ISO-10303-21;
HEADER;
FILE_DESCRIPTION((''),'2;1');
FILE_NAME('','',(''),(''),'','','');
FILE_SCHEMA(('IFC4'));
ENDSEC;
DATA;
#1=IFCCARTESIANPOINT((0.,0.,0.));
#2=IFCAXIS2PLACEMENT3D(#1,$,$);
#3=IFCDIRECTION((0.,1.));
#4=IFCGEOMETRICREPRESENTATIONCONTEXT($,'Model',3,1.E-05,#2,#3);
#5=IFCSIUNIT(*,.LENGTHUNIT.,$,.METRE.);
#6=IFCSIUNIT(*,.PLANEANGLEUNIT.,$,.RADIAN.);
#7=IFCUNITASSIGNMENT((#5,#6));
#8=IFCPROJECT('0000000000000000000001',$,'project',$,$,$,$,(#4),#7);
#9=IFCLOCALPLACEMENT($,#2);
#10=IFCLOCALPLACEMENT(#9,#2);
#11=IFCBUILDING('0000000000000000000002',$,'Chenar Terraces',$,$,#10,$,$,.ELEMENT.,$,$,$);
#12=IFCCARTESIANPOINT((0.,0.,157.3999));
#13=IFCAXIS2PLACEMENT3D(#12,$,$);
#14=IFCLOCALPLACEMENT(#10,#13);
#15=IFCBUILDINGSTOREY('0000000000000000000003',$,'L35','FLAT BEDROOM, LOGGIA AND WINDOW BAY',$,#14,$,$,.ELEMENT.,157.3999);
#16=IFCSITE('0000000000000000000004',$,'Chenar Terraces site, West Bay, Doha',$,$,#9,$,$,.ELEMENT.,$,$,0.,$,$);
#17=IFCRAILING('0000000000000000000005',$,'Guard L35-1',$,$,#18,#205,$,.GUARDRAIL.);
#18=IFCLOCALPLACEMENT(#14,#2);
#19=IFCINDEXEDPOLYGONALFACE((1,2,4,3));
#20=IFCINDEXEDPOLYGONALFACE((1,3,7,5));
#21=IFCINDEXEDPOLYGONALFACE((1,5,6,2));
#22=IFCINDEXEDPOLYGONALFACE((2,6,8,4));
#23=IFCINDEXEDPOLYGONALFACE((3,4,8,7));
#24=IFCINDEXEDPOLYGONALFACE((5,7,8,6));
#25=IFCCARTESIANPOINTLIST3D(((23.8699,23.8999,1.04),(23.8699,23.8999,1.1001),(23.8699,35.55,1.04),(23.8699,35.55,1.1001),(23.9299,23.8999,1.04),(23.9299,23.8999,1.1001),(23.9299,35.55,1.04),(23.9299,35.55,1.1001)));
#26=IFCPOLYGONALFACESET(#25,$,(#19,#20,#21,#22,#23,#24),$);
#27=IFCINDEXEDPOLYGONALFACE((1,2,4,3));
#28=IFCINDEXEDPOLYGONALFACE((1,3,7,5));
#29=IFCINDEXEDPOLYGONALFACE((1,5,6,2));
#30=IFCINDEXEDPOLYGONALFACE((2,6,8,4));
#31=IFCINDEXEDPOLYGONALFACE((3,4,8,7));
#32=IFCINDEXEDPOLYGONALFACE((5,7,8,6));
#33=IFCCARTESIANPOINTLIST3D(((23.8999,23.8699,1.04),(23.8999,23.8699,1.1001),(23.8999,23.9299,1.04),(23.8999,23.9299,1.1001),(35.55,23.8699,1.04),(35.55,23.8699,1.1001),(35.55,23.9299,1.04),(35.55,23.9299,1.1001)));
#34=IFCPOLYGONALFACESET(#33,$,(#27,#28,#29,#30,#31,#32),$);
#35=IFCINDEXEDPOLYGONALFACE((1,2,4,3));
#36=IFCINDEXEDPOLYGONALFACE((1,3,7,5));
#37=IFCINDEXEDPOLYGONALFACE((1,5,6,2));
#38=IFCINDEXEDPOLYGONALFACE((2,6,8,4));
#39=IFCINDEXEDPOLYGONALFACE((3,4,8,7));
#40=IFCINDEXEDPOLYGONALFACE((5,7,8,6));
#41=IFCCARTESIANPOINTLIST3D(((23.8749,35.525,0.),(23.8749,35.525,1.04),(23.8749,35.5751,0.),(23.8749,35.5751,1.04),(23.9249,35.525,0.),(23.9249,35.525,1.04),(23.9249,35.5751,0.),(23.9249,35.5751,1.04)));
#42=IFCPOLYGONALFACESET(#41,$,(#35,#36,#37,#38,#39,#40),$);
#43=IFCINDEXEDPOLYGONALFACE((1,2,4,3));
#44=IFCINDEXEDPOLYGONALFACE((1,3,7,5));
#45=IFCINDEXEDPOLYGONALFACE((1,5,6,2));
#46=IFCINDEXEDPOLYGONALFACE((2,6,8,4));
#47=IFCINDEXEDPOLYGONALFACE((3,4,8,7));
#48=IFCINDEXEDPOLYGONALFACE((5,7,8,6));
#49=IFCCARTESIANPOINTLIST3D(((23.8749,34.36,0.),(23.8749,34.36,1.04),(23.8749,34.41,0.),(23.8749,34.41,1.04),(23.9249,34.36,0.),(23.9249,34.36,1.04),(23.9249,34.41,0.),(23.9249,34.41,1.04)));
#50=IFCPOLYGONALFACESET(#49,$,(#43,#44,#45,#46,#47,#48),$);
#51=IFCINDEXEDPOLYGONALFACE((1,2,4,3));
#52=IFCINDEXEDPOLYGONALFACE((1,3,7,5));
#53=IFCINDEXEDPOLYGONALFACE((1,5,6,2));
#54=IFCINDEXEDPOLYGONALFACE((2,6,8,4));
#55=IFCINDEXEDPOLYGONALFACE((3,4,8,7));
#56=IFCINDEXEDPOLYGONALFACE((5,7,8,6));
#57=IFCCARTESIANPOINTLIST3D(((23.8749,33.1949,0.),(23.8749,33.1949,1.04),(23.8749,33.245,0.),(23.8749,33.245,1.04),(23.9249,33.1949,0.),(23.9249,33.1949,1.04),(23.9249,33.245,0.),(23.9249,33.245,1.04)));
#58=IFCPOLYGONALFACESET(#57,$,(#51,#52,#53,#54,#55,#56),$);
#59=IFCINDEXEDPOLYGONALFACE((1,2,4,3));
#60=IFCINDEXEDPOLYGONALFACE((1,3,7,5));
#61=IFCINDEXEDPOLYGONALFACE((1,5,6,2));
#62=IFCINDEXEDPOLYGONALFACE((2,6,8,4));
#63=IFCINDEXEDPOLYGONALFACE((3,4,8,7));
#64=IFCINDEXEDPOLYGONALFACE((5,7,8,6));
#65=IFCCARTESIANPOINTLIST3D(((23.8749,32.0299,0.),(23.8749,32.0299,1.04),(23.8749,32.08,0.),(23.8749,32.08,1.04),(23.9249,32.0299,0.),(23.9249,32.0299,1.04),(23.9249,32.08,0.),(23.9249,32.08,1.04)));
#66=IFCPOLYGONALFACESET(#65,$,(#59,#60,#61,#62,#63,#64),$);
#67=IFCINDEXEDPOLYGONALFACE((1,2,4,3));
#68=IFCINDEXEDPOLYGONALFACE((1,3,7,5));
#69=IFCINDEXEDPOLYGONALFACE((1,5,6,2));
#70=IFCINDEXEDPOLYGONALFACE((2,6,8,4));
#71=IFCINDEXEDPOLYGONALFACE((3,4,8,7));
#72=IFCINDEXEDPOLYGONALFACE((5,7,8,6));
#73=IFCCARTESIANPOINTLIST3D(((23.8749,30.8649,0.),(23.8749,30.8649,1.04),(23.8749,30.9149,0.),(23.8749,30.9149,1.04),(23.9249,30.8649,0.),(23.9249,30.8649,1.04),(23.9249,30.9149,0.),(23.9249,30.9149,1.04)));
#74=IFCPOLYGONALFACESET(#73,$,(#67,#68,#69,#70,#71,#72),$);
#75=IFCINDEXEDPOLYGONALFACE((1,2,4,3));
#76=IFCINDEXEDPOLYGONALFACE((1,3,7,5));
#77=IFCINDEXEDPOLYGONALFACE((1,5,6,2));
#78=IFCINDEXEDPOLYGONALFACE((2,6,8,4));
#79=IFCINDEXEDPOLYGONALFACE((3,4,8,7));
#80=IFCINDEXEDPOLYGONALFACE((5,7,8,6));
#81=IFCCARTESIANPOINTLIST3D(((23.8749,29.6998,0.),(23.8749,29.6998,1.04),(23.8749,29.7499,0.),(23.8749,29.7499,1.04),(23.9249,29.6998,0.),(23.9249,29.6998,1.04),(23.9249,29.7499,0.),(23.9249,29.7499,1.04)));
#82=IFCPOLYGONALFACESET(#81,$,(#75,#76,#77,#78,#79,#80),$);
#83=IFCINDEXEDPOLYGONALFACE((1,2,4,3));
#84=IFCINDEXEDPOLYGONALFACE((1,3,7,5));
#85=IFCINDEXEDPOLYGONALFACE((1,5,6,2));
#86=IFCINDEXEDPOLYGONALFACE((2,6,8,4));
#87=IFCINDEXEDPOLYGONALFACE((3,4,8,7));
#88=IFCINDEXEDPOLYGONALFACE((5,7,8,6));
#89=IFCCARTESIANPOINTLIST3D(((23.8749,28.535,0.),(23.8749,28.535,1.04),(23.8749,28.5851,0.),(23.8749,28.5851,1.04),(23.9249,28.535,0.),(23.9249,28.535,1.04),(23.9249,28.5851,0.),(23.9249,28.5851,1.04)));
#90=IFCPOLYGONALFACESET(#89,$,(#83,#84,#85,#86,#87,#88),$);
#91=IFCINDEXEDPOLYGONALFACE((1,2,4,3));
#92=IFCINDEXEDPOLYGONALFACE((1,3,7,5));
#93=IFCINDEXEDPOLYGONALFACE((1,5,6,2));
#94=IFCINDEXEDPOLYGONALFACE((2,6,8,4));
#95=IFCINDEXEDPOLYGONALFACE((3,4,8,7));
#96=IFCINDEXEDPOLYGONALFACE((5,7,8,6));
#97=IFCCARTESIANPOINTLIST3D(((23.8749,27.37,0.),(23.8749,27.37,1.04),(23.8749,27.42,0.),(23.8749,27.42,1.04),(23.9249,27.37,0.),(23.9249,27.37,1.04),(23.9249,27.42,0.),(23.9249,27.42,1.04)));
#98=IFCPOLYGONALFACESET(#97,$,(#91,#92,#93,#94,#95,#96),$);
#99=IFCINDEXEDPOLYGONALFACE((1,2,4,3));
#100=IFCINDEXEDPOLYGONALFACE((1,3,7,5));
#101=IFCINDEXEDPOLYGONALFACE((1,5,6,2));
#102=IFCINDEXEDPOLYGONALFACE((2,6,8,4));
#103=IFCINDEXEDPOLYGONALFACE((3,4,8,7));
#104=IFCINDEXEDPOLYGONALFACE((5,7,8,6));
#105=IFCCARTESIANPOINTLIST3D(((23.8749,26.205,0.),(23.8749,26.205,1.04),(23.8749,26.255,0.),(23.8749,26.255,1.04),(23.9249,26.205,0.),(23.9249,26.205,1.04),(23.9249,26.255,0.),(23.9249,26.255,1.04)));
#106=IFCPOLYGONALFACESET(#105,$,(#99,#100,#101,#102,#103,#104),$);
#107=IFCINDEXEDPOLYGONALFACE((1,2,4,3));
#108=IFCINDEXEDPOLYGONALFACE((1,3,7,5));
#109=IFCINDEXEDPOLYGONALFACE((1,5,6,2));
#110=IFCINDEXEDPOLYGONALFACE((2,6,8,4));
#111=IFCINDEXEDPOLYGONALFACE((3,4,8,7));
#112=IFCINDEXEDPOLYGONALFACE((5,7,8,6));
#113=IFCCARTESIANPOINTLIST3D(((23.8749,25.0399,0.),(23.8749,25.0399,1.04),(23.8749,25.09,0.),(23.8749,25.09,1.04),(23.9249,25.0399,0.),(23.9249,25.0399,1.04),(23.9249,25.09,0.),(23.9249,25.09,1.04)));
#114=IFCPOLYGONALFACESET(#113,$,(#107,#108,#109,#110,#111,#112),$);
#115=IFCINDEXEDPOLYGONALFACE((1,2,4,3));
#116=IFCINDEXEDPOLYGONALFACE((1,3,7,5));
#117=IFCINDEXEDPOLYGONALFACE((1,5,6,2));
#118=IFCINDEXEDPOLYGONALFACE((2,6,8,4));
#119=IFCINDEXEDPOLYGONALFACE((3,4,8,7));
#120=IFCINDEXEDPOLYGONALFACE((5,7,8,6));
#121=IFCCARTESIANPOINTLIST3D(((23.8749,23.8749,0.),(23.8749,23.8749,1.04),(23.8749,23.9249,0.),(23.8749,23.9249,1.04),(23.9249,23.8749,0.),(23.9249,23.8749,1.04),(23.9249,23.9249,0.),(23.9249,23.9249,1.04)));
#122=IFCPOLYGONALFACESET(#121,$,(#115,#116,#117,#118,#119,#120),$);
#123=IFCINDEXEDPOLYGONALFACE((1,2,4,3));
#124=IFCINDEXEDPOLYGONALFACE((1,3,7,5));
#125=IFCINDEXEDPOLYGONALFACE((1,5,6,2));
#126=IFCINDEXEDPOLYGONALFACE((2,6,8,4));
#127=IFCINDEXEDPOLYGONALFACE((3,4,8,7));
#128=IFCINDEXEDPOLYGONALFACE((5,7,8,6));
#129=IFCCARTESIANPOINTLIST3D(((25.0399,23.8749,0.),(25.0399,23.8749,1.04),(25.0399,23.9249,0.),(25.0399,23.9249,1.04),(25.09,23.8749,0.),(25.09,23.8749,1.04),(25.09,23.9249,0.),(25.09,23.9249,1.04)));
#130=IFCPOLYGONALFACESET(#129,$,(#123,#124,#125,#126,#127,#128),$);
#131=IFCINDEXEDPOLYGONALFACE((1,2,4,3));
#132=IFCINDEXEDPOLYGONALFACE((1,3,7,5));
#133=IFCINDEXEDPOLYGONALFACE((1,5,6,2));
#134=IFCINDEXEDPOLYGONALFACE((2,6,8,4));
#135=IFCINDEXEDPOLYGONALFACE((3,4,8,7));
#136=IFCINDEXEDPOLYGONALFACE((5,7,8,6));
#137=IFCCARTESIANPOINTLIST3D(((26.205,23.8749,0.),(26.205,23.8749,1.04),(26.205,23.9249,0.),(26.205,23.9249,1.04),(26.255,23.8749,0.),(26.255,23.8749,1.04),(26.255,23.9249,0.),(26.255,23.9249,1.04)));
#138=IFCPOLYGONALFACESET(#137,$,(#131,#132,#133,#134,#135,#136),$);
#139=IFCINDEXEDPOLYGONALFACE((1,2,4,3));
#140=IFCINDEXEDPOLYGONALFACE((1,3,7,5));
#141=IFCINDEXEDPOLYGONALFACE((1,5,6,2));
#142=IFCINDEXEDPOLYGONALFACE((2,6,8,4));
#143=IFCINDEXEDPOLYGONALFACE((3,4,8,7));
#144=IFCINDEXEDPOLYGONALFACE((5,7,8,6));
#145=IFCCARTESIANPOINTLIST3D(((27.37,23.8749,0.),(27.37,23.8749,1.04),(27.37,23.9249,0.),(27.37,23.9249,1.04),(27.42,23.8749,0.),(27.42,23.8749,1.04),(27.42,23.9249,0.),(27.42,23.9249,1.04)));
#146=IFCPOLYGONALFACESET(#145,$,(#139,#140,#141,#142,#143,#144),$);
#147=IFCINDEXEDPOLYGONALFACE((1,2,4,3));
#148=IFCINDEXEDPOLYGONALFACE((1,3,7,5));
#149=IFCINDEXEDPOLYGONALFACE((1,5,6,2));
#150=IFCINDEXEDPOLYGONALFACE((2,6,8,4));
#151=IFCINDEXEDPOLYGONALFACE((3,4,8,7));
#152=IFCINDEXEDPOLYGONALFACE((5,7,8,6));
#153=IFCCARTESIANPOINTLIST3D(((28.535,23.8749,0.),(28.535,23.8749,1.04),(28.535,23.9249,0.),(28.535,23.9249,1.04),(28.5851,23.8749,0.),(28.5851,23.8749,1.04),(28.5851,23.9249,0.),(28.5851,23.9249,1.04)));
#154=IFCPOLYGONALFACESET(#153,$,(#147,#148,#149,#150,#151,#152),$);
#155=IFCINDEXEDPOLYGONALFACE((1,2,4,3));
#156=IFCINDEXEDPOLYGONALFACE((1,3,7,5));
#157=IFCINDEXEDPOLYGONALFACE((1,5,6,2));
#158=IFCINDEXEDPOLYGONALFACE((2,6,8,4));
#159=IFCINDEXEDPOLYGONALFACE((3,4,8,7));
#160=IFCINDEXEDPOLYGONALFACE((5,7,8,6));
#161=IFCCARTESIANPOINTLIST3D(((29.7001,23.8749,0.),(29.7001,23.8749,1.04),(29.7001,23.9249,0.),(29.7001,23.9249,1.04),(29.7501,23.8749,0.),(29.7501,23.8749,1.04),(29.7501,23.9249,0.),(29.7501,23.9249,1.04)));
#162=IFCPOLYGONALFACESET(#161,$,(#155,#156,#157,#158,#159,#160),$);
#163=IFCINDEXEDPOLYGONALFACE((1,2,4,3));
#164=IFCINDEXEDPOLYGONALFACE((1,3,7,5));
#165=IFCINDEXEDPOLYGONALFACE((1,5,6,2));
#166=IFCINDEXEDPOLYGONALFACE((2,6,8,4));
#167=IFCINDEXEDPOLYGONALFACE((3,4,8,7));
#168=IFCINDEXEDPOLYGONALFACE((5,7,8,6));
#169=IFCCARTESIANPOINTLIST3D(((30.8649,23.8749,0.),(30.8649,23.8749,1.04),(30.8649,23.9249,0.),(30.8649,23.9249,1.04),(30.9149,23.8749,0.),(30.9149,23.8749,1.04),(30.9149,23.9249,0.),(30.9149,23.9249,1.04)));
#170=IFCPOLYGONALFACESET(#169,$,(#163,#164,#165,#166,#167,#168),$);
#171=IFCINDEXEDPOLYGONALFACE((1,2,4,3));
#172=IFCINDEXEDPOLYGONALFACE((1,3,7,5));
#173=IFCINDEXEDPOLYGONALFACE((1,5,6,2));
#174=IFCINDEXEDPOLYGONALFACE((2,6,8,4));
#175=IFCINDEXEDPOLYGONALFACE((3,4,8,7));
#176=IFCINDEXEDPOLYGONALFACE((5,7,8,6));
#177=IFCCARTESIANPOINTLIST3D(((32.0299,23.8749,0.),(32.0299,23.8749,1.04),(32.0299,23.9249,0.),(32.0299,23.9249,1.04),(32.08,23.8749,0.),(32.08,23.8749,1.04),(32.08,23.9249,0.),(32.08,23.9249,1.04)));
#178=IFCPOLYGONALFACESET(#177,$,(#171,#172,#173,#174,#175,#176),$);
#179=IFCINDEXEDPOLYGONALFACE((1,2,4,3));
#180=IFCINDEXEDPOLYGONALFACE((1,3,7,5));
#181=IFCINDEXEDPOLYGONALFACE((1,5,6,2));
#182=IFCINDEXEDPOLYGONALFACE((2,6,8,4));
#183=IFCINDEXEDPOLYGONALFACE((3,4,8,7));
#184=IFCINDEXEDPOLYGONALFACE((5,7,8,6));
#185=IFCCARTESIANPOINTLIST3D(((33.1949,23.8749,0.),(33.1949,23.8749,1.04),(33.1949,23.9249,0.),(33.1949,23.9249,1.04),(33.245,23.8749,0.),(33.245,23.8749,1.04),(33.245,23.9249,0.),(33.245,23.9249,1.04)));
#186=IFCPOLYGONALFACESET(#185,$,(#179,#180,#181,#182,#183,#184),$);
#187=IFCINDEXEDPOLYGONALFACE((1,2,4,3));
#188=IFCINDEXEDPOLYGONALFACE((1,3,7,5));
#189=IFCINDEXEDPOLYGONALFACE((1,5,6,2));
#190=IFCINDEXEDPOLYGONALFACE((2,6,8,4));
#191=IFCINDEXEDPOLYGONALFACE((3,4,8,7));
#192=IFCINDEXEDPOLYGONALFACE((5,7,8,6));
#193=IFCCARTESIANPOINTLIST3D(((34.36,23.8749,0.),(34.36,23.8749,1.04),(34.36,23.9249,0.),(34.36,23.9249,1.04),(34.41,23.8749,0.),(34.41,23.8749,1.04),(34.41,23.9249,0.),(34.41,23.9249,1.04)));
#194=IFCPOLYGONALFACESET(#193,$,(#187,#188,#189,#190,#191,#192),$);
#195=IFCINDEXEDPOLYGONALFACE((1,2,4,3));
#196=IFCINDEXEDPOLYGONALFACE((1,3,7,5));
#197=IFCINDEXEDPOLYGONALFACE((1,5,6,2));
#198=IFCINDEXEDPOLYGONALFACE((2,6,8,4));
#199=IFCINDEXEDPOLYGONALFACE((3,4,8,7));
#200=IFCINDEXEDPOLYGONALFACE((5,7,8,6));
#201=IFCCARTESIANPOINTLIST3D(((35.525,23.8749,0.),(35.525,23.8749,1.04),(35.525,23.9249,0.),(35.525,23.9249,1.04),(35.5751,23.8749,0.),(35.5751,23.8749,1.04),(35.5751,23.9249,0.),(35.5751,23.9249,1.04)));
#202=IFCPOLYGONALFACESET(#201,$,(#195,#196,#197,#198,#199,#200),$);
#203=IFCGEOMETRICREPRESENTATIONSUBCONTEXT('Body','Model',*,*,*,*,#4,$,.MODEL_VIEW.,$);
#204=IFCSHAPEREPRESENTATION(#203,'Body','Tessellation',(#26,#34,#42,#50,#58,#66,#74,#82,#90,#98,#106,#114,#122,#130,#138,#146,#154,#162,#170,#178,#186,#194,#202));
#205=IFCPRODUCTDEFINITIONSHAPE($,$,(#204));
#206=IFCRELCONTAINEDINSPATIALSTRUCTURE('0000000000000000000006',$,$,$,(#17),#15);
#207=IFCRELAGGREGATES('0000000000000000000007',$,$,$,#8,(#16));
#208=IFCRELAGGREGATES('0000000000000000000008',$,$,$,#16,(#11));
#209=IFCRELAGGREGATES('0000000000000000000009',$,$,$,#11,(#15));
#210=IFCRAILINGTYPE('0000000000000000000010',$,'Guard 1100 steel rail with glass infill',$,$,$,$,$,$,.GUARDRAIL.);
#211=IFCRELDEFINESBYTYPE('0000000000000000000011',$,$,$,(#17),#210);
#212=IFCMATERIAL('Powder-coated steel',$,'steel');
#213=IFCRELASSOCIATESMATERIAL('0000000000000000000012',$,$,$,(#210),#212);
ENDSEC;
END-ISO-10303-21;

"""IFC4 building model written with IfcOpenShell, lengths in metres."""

from ifc_helpers import new_model, si_unit, direction, frame, origin, origin_2d, place, context, subcontext, project, spatial, rectangle, extrude, material, type_object, element, save


model = new_model("IFC4")

# Units and contexts
model_context = context("Model", 3, precision=1e-05, world=origin(), true_north=direction((0.0, 1.0)))
body_context = subcontext(model_context, "Body", "Model", "MODEL_VIEW")
ifc_project = project(units=[si_unit("LENGTHUNIT", "METRE"), si_unit("PLANEANGLEUNIT", "RADIAN")], contexts=[model_context])

# Site, building, storey
site_placement = place(None, origin())
site = spatial("IfcSite", under=ifc_project, at=site_placement, Name="Chenar Terraces site, West Bay, Doha", CompositionType="ELEMENT", RefElevation=0.0)
building_placement = place(site_placement, origin())
building = spatial("IfcBuilding", under=site, at=building_placement, Name="Chenar Terraces", CompositionType="ELEMENT")
storey_placement = place(building_placement, frame((0.0, 0.0, 157.3999)))
storey = spatial("IfcBuildingStorey", under=building, at=storey_placement, Name="L35", Description="FLAT BEDROOM, LOGGIA AND WINDOW BAY", CompositionType="ELEMENT", Elevation=157.3999)

# Railing
ifc_material_1 = material(Name="Powder-coated steel", Category="steel")
railing_type = type_object("IfcRailingType", Name="Guard 1100 steel rail with glass infill", PredefinedType="GUARDRAIL", material=ifc_material_1)
railing_placement = place(storey_placement, frame((23.8999, 35.55, 0.0)))
element("IfcRailing", 1, at=railing_placement, inside=storey, type_object=railing_type, Name="Guard L35-1", PredefinedType="GUARDRAIL", context=body_context, shape_type="SweptSolid", body=[
    extrude(rectangle(XDim=0.0601, YDim=0.0601, at=origin_2d()), frame((0.0, 0.0, 1.0701), z_axis=(0.0, -1.0, 0.0), x_axis=(1.0, 0.0, 0.0)), (0.0, 0.0, 1.0), 11.6501),
    extrude(rectangle(XDim=0.0601, YDim=0.0601, at=origin_2d()), frame((0.0, -11.6501, 1.0701), z_axis=(1.0, 0.0, 0.0), x_axis=(0.0, 1.0, 0.0)), (0.0, 0.0, 1.0), 11.6501),
    extrude(rectangle(XDim=0.05, YDim=0.05, at=origin_2d()), origin(), (0.0, 0.0, 1.0), 1.04),
    extrude(rectangle(XDim=0.05, YDim=0.05, at=origin_2d()), frame((0.0, -1.165, 0.0)), (0.0, 0.0, 1.0), 1.04),
    extrude(rectangle(XDim=0.05, YDim=0.05, at=origin_2d()), frame((0.0, -2.3301, 0.0)), (0.0, 0.0, 1.0), 1.04),
    extrude(rectangle(XDim=0.05, YDim=0.05, at=origin_2d()), frame((0.0, -3.4951, 0.0)), (0.0, 0.0, 1.0), 1.04),
    extrude(rectangle(XDim=0.05, YDim=0.05, at=origin_2d()), frame((0.0, -4.6602, 0.0)), (0.0, 0.0, 1.0), 1.04),
    extrude(rectangle(XDim=0.05, YDim=0.05, at=origin_2d()), frame((0.0, -5.8252, 0.0)), (0.0, 0.0, 1.0), 1.04),
    extrude(rectangle(XDim=0.05, YDim=0.05, at=origin_2d()), frame((0.0, -6.99, 0.0)), (0.0, 0.0, 1.0), 1.04),
    extrude(rectangle(XDim=0.05, YDim=0.05, at=origin_2d()), frame((0.0, -8.155, 0.0)), (0.0, 0.0, 1.0), 1.04),
    extrude(rectangle(XDim=0.05, YDim=0.05, at=origin_2d()), frame((0.0, -9.3201, 0.0)), (0.0, 0.0, 1.0), 1.04),
    extrude(rectangle(XDim=0.05, YDim=0.05, at=origin_2d()), frame((0.0, -10.4851, 0.0)), (0.0, 0.0, 1.0), 1.04),
    extrude(rectangle(XDim=0.05, YDim=0.05, at=origin_2d()), frame((0.0, -11.6501, 0.0)), (0.0, 0.0, 1.0), 1.04),
    extrude(rectangle(XDim=0.05, YDim=0.05, at=origin_2d()), frame((1.165, -11.6501, 0.0)), (0.0, 0.0, 1.0), 1.04),
    extrude(rectangle(XDim=0.05, YDim=0.05, at=origin_2d()), frame((2.3301, -11.6501, 0.0)), (0.0, 0.0, 1.0), 1.04),
    extrude(rectangle(XDim=0.05, YDim=0.05, at=origin_2d()), frame((3.4951, -11.6501, 0.0)), (0.0, 0.0, 1.0), 1.04),
    extrude(rectangle(XDim=0.05, YDim=0.05, at=origin_2d()), frame((4.6602, -11.6501, 0.0)), (0.0, 0.0, 1.0), 1.04),
    extrude(rectangle(XDim=0.05, YDim=0.05, at=origin_2d()), frame((5.8252, -11.6501, 0.0)), (0.0, 0.0, 1.0), 1.04),
    extrude(rectangle(XDim=0.05, YDim=0.05, at=origin_2d()), frame((6.99, -11.6501, 0.0)), (0.0, 0.0, 1.0), 1.04),
    extrude(rectangle(XDim=0.05, YDim=0.05, at=origin_2d()), frame((8.155, -11.6501, 0.0)), (0.0, 0.0, 1.0), 1.04),
    extrude(rectangle(XDim=0.05, YDim=0.05, at=origin_2d()), frame((9.3201, -11.6501, 0.0)), (0.0, 0.0, 1.0), 1.04),
    extrude(rectangle(XDim=0.05, YDim=0.05, at=origin_2d()), frame((10.4851, -11.6501, 0.0)), (0.0, 0.0, 1.0), 1.04),
    extrude(rectangle(XDim=0.05, YDim=0.05, at=origin_2d()), frame((11.6501, -11.6501, 0.0)), (0.0, 0.0, 1.0), 1.04),
])

save(model, "model.ifc")
